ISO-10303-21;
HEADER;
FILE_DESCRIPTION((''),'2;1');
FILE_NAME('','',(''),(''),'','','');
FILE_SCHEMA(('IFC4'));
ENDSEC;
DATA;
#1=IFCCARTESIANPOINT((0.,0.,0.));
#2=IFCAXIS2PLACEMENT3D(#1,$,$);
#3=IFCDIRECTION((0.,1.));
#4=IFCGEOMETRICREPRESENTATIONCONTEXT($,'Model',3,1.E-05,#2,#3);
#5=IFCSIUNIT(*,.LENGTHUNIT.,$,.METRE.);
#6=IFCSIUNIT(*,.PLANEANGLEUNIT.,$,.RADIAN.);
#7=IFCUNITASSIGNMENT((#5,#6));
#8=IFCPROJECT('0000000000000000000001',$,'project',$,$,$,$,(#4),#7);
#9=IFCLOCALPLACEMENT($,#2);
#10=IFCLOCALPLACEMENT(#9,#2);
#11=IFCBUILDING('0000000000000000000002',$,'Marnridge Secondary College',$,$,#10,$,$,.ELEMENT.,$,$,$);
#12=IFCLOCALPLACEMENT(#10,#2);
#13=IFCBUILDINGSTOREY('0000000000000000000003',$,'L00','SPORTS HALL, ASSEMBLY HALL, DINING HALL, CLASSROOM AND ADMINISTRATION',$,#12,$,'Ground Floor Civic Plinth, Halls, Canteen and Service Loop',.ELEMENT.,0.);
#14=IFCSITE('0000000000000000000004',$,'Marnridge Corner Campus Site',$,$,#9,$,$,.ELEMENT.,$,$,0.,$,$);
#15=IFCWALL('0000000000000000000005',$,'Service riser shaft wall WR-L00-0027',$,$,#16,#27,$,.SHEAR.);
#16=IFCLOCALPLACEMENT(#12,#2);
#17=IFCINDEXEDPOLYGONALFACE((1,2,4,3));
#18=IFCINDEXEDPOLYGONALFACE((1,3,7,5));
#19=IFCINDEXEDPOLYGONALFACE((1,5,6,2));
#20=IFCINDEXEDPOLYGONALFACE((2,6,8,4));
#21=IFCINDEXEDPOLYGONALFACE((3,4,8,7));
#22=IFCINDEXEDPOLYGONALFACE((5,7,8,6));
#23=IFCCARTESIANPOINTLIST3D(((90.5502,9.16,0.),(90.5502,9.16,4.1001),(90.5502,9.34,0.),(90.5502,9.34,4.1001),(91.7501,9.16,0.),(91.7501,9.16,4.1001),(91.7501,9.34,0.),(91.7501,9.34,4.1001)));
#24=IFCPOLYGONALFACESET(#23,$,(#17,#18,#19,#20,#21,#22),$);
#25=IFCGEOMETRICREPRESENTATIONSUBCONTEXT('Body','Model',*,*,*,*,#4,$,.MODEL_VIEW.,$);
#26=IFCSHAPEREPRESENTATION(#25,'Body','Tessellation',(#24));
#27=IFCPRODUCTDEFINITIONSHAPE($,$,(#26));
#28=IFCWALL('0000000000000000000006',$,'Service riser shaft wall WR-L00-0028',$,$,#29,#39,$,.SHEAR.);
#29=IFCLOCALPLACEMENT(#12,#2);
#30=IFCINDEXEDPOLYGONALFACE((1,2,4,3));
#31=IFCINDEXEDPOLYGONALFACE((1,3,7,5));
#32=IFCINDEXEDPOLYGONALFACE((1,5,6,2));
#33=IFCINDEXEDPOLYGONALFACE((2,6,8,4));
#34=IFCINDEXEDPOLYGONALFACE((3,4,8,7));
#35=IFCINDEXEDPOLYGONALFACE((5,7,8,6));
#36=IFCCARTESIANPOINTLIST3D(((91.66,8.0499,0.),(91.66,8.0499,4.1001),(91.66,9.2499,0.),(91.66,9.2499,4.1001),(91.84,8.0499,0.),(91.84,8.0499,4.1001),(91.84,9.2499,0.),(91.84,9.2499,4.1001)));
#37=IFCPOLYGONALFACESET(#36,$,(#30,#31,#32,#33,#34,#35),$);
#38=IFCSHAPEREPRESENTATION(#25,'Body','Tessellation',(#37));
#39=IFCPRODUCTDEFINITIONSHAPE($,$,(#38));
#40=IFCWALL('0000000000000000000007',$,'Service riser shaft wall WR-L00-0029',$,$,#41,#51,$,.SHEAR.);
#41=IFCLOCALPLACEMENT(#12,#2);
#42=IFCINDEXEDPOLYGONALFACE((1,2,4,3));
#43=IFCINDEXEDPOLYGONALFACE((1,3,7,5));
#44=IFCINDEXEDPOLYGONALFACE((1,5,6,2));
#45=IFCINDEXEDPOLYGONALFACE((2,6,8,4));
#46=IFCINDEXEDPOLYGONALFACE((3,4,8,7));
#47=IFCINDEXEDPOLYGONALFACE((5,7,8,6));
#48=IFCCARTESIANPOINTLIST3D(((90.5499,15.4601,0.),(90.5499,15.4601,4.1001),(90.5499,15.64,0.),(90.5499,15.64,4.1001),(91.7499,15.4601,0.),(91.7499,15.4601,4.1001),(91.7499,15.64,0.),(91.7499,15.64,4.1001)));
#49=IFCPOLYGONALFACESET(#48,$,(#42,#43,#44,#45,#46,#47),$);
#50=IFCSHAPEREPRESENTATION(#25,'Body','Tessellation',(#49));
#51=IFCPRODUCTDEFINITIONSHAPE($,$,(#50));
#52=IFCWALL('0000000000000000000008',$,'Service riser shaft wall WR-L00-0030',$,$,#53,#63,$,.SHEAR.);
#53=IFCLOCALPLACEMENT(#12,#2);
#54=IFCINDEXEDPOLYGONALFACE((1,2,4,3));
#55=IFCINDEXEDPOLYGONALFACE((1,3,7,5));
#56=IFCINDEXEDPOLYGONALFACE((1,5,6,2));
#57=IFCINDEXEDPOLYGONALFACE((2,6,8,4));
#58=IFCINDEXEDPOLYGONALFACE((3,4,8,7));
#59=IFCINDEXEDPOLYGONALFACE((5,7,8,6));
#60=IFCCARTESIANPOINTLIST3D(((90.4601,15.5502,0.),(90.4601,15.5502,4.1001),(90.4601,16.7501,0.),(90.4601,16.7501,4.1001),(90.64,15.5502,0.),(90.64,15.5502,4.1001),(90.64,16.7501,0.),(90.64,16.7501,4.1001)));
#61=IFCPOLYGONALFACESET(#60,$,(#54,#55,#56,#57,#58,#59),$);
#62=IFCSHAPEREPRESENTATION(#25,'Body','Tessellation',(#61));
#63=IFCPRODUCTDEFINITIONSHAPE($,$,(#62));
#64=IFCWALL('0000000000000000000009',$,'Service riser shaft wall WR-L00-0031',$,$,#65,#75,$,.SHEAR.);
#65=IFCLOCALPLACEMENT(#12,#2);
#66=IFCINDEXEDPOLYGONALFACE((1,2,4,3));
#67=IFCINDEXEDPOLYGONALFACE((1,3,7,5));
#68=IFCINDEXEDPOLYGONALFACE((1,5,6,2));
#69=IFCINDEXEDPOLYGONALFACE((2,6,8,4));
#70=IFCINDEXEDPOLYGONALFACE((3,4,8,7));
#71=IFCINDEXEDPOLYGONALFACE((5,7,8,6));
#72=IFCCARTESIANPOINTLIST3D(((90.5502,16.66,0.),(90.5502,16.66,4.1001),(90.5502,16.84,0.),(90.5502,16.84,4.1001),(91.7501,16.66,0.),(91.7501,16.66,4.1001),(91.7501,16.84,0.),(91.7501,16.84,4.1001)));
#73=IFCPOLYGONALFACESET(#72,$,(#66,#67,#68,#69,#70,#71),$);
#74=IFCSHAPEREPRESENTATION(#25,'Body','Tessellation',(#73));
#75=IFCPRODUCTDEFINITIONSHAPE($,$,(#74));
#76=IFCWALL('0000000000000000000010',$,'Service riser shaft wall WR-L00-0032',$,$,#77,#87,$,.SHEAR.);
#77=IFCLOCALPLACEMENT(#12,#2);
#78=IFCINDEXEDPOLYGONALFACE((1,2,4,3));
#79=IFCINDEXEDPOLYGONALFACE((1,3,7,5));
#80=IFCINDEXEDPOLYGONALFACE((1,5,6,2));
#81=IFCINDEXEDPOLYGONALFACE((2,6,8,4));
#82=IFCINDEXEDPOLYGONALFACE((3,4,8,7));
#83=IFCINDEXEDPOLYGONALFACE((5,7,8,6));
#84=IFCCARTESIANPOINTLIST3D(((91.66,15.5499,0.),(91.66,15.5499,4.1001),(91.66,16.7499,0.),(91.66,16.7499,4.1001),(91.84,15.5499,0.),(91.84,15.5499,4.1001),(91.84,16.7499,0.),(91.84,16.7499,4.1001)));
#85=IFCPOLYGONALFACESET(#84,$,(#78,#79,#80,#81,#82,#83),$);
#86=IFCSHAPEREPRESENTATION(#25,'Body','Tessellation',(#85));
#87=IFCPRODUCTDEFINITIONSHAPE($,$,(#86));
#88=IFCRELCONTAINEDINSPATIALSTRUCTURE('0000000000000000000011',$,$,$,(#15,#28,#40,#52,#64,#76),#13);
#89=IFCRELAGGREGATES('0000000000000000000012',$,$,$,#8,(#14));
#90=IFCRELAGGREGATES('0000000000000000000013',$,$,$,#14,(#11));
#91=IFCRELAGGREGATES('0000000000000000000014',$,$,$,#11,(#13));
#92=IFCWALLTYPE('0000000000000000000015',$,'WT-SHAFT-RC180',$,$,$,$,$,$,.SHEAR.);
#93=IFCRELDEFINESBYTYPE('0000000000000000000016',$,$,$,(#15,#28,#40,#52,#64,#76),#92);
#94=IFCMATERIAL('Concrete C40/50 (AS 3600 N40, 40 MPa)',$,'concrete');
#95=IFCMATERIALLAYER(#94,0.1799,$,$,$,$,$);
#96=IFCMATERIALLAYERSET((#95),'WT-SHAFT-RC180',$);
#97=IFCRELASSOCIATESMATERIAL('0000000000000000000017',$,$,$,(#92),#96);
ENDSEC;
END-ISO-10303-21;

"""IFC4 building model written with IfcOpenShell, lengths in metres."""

from ifc_helpers import new_model, si_unit, direction, frame, frame_2d, origin, place, context, subcontext, project, spatial, rectangle, extrude, material, layer, layer_set, type_object, element, save


model = new_model("IFC4")

# Units and contexts
model_context = context("Model", 3, precision=1e-05, world=origin(), true_north=direction((0.0, 1.0)))
body_context = subcontext(model_context, "Body", "Model", "MODEL_VIEW")
ifc_project = project(units=[si_unit("LENGTHUNIT", "METRE"), si_unit("PLANEANGLEUNIT", "RADIAN")], contexts=[model_context])

# Site, building, storey
site_placement = place(None, origin())
site = spatial("IfcSite", under=ifc_project, at=site_placement, Name="Marnridge Corner Campus Site", CompositionType="ELEMENT", RefElevation=0.0)
building_placement = place(site_placement, origin())
building = spatial("IfcBuilding", under=site, at=building_placement, Name="Marnridge Secondary College", CompositionType="ELEMENT")
storey_placement = place(building_placement, origin())
storey = spatial("IfcBuildingStorey", under=building, at=storey_placement, Name="L00", Description="SPORTS HALL, ASSEMBLY HALL, DINING HALL, CLASSROOM AND ADMINISTRATION", LongName="Ground Floor Civic Plinth, Halls, Canteen and Service Loop", CompositionType="ELEMENT", Elevation=0.0)

# Walls
ifc_material_1 = material(Name="Concrete C40/50 (AS 3600 N40, 40 MPa)", Category="concrete")
ifc_layer_1 = layer(ifc_material_1, 0.1799)
ifc_layer_set_1 = layer_set([ifc_layer_1], Name="WT-SHAFT-RC180")
wall_type_1 = type_object("IfcWallType", Name="WT-SHAFT-RC180", PredefinedType="SHEAR", material=ifc_layer_set_1)
for number, where, z_axis, x_axis, name in (
    (1, (90.55, 9.25, 0.0), (0.0, 0.0, 1.0), (1.0, 0.0, 0.0), "Service riser shaft wall WR-L00-0027"),
    (2, (91.75, 9.25, 0.0), (0.0, 0.0, 1.0), (0.0, -1.0, 0.0), "Service riser shaft wall WR-L00-0028"),
    (3, (91.75, 15.55, 0.0), (0.0, 0.0, 1.0), (-1.0, 0.0, 0.0), "Service riser shaft wall WR-L00-0029"),
    (4, (90.55, 15.55, 0.0), (0.0, 0.0, 1.0), (0.0, 1.0, 0.0), "Service riser shaft wall WR-L00-0030"),
    (5, (90.55, 16.75, 0.0), (0.0, 0.0, 1.0), (1.0, 0.0, 0.0), "Service riser shaft wall WR-L00-0031"),
    (6, (91.75, 16.75, 0.0), (0.0, 0.0, 1.0), (0.0, -1.0, 0.0), "Service riser shaft wall WR-L00-0032"),
):
    element("IfcWall", number, at=place(storey_placement, frame(where, z_axis=z_axis, x_axis=x_axis)), inside=storey, type_object=wall_type_1, Name=name, PredefinedType="SHEAR", context=body_context, shape_type="SweptSolid", body=[
        extrude(rectangle(XDim=1.2, YDim=0.1799, at=frame_2d((0.6001, 0.0))), origin(), (0.0, 0.0, 1.0), 4.1001),
    ])

save(model, "model.ifc")
